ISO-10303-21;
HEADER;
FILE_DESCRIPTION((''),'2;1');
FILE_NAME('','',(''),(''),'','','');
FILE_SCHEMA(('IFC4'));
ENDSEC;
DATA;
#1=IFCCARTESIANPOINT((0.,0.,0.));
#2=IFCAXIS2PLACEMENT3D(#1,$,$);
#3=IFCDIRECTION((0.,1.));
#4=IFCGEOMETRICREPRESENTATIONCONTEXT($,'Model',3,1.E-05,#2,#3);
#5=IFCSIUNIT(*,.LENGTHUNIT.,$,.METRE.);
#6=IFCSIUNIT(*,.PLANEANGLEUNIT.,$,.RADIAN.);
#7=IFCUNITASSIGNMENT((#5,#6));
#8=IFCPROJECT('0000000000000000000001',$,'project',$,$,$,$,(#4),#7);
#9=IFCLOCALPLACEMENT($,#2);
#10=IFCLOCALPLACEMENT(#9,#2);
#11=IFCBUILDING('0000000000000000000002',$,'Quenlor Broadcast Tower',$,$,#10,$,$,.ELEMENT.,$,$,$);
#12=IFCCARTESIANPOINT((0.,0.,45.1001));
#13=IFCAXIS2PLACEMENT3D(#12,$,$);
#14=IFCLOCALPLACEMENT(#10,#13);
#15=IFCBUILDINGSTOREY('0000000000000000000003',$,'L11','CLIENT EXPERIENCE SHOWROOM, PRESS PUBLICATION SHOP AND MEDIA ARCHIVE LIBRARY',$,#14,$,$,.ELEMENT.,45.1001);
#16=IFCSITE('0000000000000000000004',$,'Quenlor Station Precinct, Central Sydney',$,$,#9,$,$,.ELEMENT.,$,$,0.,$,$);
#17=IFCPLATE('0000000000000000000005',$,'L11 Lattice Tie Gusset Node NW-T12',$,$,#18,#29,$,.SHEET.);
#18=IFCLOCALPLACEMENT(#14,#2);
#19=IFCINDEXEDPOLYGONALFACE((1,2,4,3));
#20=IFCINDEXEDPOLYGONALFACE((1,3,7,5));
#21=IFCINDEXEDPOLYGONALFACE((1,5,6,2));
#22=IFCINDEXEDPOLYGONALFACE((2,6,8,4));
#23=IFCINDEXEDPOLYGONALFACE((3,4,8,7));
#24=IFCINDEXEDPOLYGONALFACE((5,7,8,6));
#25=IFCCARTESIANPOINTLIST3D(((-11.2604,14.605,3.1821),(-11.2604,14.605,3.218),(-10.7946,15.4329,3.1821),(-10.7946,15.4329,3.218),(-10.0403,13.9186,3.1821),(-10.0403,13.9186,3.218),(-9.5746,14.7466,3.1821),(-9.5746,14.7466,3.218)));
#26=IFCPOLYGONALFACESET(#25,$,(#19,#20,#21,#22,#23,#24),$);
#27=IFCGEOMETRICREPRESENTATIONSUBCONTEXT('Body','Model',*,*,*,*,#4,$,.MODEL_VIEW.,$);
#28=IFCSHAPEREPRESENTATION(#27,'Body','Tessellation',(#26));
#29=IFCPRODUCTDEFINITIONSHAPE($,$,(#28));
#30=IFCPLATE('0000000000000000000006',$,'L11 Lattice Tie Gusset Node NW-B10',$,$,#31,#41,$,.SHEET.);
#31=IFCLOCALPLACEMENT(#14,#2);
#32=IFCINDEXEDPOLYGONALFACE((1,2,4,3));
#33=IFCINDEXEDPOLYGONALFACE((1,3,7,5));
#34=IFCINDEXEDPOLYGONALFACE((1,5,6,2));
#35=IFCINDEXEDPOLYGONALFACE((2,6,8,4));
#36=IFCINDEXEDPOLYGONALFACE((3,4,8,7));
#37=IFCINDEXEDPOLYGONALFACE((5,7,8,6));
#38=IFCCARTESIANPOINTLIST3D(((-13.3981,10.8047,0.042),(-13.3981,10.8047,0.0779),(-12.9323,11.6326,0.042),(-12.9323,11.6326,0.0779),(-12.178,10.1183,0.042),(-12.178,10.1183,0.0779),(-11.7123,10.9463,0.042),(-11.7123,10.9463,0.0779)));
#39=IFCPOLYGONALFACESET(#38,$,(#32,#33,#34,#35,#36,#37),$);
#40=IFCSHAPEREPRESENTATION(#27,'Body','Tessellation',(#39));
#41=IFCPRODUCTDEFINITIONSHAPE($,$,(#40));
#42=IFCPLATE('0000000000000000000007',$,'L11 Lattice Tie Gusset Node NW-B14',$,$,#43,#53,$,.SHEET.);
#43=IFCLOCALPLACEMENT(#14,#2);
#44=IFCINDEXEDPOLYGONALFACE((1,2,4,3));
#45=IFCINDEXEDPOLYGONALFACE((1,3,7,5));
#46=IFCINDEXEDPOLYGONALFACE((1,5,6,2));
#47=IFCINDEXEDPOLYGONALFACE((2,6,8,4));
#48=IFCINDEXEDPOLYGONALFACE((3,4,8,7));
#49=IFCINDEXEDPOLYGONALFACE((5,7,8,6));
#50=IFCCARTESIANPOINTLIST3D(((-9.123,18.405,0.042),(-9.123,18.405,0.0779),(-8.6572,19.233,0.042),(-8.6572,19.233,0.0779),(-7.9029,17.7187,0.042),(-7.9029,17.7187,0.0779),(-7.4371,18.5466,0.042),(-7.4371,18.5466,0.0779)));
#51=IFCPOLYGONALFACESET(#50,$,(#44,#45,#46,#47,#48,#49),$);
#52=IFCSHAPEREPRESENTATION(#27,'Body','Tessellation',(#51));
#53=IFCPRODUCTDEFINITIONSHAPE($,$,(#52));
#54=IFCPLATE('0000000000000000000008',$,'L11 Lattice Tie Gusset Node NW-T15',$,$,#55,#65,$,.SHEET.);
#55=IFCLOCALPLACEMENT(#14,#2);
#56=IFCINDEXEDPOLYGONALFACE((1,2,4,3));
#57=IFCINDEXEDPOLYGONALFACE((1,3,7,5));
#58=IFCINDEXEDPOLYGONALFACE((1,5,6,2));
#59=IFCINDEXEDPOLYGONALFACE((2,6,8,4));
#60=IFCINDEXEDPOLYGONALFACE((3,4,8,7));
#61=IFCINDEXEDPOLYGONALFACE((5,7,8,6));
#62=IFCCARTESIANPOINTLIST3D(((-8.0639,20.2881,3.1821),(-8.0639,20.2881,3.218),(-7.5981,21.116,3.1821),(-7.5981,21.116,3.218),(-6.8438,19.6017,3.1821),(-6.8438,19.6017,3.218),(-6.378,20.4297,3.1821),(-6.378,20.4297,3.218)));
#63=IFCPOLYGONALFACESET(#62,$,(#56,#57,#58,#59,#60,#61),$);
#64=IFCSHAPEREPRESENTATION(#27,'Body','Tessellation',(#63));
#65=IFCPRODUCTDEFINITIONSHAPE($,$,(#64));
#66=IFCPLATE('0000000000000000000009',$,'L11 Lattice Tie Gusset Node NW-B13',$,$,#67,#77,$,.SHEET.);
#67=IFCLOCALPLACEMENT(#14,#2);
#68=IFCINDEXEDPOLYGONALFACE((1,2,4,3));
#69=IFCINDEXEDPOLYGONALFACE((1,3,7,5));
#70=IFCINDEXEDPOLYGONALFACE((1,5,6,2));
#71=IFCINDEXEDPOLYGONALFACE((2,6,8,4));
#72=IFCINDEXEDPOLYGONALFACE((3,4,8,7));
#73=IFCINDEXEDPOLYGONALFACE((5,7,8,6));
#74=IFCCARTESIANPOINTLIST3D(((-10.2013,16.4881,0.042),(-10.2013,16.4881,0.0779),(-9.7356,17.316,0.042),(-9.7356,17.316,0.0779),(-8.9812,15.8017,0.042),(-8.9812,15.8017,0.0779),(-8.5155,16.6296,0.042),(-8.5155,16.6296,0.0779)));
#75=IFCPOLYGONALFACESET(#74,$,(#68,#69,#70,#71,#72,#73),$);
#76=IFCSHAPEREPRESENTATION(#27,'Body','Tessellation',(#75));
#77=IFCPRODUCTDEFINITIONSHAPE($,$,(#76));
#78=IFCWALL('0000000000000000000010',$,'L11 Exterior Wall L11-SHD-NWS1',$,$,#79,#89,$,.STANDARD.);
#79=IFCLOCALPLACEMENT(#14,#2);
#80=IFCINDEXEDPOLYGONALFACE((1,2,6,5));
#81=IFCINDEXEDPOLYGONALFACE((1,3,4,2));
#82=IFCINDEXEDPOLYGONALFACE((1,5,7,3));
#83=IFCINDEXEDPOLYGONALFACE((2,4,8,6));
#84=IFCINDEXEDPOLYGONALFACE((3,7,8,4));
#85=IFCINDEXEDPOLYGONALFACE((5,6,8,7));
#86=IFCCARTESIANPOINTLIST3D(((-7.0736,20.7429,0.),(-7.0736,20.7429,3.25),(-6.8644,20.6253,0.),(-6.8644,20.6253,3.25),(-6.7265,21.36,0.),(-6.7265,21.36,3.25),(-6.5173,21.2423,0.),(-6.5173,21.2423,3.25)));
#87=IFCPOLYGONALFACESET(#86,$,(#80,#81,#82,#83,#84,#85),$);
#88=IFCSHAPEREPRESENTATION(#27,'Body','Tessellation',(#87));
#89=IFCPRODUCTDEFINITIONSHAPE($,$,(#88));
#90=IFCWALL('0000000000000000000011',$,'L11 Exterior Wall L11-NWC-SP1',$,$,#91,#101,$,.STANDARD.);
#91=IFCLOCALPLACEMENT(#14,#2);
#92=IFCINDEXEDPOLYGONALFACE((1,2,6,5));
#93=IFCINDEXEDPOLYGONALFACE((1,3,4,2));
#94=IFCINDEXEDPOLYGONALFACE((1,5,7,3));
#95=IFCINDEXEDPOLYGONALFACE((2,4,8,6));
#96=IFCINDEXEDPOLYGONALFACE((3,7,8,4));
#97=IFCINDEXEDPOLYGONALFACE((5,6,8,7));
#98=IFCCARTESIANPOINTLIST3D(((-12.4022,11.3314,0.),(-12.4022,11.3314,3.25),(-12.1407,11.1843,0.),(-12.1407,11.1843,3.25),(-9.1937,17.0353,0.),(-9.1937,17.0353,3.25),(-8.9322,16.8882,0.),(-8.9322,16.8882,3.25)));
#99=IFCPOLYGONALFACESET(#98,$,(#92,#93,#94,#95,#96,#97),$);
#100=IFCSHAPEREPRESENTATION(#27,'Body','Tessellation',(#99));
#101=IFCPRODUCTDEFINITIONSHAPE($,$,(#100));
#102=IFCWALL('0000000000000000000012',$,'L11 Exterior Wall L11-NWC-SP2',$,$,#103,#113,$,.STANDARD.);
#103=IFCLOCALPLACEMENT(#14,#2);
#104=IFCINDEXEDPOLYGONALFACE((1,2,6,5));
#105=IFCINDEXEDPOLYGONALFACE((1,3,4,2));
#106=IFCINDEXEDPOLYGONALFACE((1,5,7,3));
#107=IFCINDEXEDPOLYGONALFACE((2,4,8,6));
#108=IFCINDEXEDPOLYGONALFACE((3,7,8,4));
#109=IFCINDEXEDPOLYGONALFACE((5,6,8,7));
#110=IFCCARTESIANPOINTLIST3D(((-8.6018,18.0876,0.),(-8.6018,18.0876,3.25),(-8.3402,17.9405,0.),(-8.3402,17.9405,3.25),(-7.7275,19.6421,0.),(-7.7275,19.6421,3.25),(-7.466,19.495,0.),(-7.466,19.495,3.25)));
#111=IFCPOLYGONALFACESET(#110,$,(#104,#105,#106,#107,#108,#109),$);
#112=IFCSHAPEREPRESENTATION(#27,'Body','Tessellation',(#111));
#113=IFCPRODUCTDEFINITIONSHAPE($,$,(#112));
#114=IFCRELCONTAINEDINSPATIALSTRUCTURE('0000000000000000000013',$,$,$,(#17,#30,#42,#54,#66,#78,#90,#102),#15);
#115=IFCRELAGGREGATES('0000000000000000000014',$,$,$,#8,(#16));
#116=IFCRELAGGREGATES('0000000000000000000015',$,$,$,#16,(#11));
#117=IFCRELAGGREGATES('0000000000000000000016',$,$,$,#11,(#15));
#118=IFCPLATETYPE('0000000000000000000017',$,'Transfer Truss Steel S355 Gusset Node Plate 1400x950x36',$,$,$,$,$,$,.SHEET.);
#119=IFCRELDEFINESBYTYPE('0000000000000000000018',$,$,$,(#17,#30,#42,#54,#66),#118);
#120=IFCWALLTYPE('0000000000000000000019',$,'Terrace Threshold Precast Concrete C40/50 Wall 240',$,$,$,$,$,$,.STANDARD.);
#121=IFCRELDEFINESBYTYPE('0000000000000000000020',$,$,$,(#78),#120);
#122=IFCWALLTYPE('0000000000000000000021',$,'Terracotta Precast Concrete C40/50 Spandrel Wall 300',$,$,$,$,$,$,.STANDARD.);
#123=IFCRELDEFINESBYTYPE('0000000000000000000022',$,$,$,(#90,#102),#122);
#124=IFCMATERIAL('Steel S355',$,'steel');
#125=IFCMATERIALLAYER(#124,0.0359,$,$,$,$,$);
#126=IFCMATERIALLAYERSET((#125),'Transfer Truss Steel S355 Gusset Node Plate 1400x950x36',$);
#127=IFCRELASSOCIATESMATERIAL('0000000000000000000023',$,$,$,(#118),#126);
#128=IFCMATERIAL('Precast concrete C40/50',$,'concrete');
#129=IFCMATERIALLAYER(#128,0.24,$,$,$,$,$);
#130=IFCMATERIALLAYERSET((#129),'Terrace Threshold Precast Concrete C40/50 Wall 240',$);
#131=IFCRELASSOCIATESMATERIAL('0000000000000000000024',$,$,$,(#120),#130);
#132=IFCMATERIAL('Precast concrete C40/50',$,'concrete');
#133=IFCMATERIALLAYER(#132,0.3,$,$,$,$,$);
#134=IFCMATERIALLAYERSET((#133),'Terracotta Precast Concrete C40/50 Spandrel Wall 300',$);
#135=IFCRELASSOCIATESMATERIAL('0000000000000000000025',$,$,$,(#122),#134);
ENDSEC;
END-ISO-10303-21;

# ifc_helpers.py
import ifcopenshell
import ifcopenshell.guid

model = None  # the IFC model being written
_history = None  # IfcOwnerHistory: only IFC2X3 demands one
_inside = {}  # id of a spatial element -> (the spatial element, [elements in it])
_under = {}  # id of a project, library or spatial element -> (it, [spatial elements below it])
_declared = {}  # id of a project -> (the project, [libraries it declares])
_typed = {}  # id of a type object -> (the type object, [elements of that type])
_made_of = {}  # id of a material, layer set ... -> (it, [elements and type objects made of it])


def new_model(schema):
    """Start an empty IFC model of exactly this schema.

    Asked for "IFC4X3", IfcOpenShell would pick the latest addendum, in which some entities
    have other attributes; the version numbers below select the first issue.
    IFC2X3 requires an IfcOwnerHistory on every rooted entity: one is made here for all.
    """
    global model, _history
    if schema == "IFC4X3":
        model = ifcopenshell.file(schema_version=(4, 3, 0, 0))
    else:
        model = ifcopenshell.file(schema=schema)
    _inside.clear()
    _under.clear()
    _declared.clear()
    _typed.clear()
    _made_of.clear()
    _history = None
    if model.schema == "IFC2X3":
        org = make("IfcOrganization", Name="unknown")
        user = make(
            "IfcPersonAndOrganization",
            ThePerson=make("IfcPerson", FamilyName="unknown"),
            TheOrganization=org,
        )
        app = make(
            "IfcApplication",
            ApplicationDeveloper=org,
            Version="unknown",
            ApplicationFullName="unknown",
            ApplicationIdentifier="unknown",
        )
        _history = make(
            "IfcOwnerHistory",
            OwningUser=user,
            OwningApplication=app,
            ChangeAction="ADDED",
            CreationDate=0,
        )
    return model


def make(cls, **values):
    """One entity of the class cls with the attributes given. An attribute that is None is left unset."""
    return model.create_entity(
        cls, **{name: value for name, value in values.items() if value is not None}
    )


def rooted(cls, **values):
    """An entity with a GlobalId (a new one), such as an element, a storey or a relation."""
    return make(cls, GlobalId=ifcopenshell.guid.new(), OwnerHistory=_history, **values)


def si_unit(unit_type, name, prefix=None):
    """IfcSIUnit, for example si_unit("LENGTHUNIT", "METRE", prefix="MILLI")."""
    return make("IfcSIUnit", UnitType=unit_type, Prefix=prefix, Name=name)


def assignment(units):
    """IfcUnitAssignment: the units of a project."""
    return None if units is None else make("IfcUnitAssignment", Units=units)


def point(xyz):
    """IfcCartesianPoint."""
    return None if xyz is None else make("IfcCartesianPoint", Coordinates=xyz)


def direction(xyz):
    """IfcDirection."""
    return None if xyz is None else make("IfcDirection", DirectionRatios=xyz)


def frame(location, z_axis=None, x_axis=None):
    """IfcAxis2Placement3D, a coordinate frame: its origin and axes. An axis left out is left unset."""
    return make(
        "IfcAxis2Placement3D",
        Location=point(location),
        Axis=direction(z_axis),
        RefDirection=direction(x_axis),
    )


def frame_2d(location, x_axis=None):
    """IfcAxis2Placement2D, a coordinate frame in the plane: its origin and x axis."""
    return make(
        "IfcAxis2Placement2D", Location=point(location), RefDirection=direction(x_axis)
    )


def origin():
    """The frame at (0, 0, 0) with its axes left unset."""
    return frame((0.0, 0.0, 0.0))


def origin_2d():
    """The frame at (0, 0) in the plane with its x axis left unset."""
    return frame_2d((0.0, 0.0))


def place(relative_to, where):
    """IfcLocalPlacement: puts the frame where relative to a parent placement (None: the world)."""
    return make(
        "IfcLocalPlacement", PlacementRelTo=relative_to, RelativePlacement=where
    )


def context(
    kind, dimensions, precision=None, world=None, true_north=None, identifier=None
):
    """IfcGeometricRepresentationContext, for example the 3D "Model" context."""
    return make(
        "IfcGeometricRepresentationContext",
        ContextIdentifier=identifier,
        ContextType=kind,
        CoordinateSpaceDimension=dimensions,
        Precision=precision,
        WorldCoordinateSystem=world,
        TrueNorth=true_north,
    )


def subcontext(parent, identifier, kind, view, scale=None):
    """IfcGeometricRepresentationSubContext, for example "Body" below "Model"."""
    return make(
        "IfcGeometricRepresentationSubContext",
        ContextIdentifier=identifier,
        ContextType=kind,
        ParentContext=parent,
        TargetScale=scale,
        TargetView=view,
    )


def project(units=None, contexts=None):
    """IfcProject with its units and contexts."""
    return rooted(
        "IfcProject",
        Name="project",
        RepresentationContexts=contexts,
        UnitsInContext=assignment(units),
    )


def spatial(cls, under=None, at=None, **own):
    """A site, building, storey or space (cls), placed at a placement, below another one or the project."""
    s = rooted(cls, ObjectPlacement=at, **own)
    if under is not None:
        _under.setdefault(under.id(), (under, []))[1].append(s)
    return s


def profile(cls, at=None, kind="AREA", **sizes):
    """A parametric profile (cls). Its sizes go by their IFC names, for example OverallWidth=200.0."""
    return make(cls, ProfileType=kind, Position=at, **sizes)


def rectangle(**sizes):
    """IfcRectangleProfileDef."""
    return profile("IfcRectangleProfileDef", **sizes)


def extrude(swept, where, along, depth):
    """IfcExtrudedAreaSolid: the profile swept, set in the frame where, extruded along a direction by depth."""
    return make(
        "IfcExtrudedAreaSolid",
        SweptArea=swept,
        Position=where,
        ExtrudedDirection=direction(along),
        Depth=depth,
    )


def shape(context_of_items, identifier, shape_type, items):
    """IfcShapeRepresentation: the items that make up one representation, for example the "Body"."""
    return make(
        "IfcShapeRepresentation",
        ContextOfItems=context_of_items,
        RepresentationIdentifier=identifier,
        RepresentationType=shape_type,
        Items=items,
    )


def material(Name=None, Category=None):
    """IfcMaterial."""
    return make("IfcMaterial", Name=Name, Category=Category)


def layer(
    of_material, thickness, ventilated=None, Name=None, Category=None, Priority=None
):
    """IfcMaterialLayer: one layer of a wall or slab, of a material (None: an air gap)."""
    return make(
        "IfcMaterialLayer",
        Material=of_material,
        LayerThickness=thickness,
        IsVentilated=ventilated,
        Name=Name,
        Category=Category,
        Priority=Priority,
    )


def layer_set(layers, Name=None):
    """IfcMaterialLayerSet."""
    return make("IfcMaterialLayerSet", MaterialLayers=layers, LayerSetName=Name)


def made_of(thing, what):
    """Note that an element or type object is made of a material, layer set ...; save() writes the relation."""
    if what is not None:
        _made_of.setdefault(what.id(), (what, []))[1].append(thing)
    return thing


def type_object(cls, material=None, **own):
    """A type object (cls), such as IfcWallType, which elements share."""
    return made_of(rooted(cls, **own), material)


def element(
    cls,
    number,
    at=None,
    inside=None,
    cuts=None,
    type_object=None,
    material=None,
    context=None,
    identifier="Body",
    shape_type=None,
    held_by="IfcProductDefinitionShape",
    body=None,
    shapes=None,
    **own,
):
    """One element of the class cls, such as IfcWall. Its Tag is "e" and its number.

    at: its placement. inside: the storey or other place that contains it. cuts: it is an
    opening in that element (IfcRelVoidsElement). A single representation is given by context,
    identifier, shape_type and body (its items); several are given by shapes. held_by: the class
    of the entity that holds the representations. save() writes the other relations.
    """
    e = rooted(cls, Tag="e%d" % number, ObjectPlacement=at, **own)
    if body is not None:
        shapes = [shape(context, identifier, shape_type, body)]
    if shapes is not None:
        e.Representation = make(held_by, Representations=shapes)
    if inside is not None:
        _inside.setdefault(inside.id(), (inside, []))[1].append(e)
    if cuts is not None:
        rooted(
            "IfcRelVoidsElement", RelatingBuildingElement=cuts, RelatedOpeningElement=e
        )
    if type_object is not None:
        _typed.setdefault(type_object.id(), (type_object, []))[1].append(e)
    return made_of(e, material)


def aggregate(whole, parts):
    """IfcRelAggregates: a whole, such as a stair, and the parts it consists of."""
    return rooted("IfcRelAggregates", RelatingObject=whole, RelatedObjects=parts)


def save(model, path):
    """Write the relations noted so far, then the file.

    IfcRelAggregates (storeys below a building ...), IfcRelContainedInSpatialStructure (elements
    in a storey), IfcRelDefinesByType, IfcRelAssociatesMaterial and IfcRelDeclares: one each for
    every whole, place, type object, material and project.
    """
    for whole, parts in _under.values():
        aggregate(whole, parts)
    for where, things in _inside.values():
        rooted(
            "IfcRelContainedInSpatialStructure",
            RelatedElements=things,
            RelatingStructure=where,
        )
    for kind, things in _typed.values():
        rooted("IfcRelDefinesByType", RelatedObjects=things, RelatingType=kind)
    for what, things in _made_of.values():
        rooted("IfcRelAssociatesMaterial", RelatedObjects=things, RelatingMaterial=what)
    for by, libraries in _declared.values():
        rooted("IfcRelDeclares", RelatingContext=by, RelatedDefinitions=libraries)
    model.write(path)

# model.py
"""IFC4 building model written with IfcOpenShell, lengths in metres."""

from ifc_helpers import new_model, si_unit, direction, frame, frame_2d, origin, origin_2d, place, context, subcontext, project, spatial, rectangle, extrude, material, layer, layer_set, type_object, element, save


model = new_model("IFC4")

# Units and contexts
model_context = context("Model", 3, precision=1e-05, world=origin(), true_north=direction((0.0, 1.0)))
body_context = subcontext(model_context, "Body", "Model", "MODEL_VIEW")
ifc_project = project(units=[si_unit("LENGTHUNIT", "METRE"), si_unit("PLANEANGLEUNIT", "RADIAN")], contexts=[model_context])

# Site, building, storey
site_placement = place(None, origin())
site = spatial("IfcSite", under=ifc_project, at=site_placement, Name="Quenlor Station Precinct, Central Sydney", CompositionType="ELEMENT", RefElevation=0.0)
building_placement = place(site_placement, origin())
building = spatial("IfcBuilding", under=site, at=building_placement, Name="Quenlor Broadcast Tower", CompositionType="ELEMENT")
storey_placement = place(building_placement, frame((0.0, 0.0, 45.1001)))
storey = spatial("IfcBuildingStorey", under=building, at=storey_placement, Name="L11", Description="CLIENT EXPERIENCE SHOWROOM, PRESS PUBLICATION SHOP AND MEDIA ARCHIVE LIBRARY", CompositionType="ELEMENT", Elevation=45.1001)

# Plates
ifc_material_1 = material(Name="Steel S355", Category="steel")
ifc_layer_1 = layer(ifc_material_1, 0.0359)
ifc_layer_set_1 = layer_set([ifc_layer_1], Name="Transfer Truss Steel S355 Gusset Node Plate 1400x950x36")
plate_type_1 = type_object("IfcPlateType", Name="Transfer Truss Steel S355 Gusset Node Plate 1400x950x36", PredefinedType="SHEET", material=ifc_layer_set_1)
for number, where, z_axis, x_axis, name in (
    (1, (-10.4175, 14.6758, 3.1821), (0.0, 0.0, 1.0), (-0.871556, 0.490295, 0.0), "L11 Lattice Tie Gusset Node NW-T12"),
    (2, (-12.5552, 10.8755, 0.042), (0.0, 0.0, 1.0), (-0.871556, 0.490295, 0.0), "L11 Lattice Tie Gusset Node NW-B10"),
    (3, (-8.28, 18.4758, 0.042), (0.0, 0.0, 1.0), (-0.871556, 0.490295, 0.0), "L11 Lattice Tie Gusset Node NW-B14"),
    (4, (-7.2209, 20.3589, 3.1821), (0.0, 0.0, 1.0), (-0.871556, 0.490295, 0.0), "L11 Lattice Tie Gusset Node NW-T15"),
    (5, (-9.3584, 16.5588, 0.042), (0.0, 0.0, 1.0), (-0.871556, 0.490295, 0.0), "L11 Lattice Tie Gusset Node NW-B13"),
):
    element("IfcPlate", number, at=place(storey_placement, frame(where, z_axis=z_axis, x_axis=x_axis)), inside=storey, type_object=plate_type_1, Name=name, PredefinedType="SHEET", context=body_context, shape_type="SweptSolid", body=[
        extrude(rectangle(XDim=1.3999, YDim=0.95, at=origin_2d()), origin(), (0.0, 0.0, 1.0), 0.0359),
    ])

# Walls
ifc_material_2 = material(Name="Precast concrete C40/50", Category="concrete")
ifc_layer_2 = layer(ifc_material_2, 0.24)
ifc_layer_set_2 = layer_set([ifc_layer_2], Name="Terrace Threshold Precast Concrete C40/50 Wall 240")
wall_type_1 = type_object("IfcWallType", Name="Terrace Threshold Precast Concrete C40/50 Wall 240", PredefinedType="STANDARD", material=ifc_layer_set_2)
wall_1_placement = place(storey_placement, frame((-6.969, 20.6841, 0.0), z_axis=(0.0, 0.0, 1.0), x_axis=(0.490261, 0.871576, 0.0)))
element("IfcWall", 6, at=wall_1_placement, inside=storey, type_object=wall_type_1, Name="L11 Exterior Wall L11-SHD-NWS1", PredefinedType="STANDARD", context=body_context, shape_type="SweptSolid", body=[
    extrude(rectangle(XDim=0.708, YDim=0.24, at=frame_2d((0.354, 0.0))), origin(), (0.0, 0.0, 1.0), 3.25),
])
ifc_material_3 = material(Name="Precast concrete C40/50", Category="concrete")
ifc_layer_3 = layer(ifc_material_3, 0.3)
ifc_layer_set_3 = layer_set([ifc_layer_3], Name="Terracotta Precast Concrete C40/50 Spandrel Wall 300")
wall_type_2 = type_object("IfcWallType", Name="Terracotta Precast Concrete C40/50 Spandrel Wall 300", PredefinedType="STANDARD", material=ifc_layer_set_3)
wall_2_placement = place(storey_placement, frame((-12.2715, 11.2578, 0.0), z_axis=(0.0, 0.0, 1.0), x_axis=(0.49027, 0.871571, 0.0)))
element("IfcWall", 7, at=wall_2_placement, inside=storey, type_object=wall_type_2, Name="L11 Exterior Wall L11-NWC-SP1", PredefinedType="STANDARD", context=body_context, shape_type="SweptSolid", body=[
    extrude(rectangle(XDim=6.5444, YDim=0.3, at=frame_2d((3.2722, 0.0))), origin(), (0.0, 0.0, 1.0), 3.25),
])
wall_3_placement = place(storey_placement, frame((-8.4709, 18.0142, 0.0), z_axis=(0.0, 0.0, 1.0), x_axis=(0.490216, 0.871601, 0.0)))
element("IfcWall", 8, at=wall_3_placement, inside=storey, type_object=wall_type_2, Name="L11 Exterior Wall L11-NWC-SP2", PredefinedType="STANDARD", context=body_context, shape_type="SweptSolid", body=[
    extrude(rectangle(XDim=1.7834, YDim=0.3, at=frame_2d((0.8916, 0.0))), origin(), (0.0, 0.0, 1.0), 3.25),
])

save(model, "model.ifc")
